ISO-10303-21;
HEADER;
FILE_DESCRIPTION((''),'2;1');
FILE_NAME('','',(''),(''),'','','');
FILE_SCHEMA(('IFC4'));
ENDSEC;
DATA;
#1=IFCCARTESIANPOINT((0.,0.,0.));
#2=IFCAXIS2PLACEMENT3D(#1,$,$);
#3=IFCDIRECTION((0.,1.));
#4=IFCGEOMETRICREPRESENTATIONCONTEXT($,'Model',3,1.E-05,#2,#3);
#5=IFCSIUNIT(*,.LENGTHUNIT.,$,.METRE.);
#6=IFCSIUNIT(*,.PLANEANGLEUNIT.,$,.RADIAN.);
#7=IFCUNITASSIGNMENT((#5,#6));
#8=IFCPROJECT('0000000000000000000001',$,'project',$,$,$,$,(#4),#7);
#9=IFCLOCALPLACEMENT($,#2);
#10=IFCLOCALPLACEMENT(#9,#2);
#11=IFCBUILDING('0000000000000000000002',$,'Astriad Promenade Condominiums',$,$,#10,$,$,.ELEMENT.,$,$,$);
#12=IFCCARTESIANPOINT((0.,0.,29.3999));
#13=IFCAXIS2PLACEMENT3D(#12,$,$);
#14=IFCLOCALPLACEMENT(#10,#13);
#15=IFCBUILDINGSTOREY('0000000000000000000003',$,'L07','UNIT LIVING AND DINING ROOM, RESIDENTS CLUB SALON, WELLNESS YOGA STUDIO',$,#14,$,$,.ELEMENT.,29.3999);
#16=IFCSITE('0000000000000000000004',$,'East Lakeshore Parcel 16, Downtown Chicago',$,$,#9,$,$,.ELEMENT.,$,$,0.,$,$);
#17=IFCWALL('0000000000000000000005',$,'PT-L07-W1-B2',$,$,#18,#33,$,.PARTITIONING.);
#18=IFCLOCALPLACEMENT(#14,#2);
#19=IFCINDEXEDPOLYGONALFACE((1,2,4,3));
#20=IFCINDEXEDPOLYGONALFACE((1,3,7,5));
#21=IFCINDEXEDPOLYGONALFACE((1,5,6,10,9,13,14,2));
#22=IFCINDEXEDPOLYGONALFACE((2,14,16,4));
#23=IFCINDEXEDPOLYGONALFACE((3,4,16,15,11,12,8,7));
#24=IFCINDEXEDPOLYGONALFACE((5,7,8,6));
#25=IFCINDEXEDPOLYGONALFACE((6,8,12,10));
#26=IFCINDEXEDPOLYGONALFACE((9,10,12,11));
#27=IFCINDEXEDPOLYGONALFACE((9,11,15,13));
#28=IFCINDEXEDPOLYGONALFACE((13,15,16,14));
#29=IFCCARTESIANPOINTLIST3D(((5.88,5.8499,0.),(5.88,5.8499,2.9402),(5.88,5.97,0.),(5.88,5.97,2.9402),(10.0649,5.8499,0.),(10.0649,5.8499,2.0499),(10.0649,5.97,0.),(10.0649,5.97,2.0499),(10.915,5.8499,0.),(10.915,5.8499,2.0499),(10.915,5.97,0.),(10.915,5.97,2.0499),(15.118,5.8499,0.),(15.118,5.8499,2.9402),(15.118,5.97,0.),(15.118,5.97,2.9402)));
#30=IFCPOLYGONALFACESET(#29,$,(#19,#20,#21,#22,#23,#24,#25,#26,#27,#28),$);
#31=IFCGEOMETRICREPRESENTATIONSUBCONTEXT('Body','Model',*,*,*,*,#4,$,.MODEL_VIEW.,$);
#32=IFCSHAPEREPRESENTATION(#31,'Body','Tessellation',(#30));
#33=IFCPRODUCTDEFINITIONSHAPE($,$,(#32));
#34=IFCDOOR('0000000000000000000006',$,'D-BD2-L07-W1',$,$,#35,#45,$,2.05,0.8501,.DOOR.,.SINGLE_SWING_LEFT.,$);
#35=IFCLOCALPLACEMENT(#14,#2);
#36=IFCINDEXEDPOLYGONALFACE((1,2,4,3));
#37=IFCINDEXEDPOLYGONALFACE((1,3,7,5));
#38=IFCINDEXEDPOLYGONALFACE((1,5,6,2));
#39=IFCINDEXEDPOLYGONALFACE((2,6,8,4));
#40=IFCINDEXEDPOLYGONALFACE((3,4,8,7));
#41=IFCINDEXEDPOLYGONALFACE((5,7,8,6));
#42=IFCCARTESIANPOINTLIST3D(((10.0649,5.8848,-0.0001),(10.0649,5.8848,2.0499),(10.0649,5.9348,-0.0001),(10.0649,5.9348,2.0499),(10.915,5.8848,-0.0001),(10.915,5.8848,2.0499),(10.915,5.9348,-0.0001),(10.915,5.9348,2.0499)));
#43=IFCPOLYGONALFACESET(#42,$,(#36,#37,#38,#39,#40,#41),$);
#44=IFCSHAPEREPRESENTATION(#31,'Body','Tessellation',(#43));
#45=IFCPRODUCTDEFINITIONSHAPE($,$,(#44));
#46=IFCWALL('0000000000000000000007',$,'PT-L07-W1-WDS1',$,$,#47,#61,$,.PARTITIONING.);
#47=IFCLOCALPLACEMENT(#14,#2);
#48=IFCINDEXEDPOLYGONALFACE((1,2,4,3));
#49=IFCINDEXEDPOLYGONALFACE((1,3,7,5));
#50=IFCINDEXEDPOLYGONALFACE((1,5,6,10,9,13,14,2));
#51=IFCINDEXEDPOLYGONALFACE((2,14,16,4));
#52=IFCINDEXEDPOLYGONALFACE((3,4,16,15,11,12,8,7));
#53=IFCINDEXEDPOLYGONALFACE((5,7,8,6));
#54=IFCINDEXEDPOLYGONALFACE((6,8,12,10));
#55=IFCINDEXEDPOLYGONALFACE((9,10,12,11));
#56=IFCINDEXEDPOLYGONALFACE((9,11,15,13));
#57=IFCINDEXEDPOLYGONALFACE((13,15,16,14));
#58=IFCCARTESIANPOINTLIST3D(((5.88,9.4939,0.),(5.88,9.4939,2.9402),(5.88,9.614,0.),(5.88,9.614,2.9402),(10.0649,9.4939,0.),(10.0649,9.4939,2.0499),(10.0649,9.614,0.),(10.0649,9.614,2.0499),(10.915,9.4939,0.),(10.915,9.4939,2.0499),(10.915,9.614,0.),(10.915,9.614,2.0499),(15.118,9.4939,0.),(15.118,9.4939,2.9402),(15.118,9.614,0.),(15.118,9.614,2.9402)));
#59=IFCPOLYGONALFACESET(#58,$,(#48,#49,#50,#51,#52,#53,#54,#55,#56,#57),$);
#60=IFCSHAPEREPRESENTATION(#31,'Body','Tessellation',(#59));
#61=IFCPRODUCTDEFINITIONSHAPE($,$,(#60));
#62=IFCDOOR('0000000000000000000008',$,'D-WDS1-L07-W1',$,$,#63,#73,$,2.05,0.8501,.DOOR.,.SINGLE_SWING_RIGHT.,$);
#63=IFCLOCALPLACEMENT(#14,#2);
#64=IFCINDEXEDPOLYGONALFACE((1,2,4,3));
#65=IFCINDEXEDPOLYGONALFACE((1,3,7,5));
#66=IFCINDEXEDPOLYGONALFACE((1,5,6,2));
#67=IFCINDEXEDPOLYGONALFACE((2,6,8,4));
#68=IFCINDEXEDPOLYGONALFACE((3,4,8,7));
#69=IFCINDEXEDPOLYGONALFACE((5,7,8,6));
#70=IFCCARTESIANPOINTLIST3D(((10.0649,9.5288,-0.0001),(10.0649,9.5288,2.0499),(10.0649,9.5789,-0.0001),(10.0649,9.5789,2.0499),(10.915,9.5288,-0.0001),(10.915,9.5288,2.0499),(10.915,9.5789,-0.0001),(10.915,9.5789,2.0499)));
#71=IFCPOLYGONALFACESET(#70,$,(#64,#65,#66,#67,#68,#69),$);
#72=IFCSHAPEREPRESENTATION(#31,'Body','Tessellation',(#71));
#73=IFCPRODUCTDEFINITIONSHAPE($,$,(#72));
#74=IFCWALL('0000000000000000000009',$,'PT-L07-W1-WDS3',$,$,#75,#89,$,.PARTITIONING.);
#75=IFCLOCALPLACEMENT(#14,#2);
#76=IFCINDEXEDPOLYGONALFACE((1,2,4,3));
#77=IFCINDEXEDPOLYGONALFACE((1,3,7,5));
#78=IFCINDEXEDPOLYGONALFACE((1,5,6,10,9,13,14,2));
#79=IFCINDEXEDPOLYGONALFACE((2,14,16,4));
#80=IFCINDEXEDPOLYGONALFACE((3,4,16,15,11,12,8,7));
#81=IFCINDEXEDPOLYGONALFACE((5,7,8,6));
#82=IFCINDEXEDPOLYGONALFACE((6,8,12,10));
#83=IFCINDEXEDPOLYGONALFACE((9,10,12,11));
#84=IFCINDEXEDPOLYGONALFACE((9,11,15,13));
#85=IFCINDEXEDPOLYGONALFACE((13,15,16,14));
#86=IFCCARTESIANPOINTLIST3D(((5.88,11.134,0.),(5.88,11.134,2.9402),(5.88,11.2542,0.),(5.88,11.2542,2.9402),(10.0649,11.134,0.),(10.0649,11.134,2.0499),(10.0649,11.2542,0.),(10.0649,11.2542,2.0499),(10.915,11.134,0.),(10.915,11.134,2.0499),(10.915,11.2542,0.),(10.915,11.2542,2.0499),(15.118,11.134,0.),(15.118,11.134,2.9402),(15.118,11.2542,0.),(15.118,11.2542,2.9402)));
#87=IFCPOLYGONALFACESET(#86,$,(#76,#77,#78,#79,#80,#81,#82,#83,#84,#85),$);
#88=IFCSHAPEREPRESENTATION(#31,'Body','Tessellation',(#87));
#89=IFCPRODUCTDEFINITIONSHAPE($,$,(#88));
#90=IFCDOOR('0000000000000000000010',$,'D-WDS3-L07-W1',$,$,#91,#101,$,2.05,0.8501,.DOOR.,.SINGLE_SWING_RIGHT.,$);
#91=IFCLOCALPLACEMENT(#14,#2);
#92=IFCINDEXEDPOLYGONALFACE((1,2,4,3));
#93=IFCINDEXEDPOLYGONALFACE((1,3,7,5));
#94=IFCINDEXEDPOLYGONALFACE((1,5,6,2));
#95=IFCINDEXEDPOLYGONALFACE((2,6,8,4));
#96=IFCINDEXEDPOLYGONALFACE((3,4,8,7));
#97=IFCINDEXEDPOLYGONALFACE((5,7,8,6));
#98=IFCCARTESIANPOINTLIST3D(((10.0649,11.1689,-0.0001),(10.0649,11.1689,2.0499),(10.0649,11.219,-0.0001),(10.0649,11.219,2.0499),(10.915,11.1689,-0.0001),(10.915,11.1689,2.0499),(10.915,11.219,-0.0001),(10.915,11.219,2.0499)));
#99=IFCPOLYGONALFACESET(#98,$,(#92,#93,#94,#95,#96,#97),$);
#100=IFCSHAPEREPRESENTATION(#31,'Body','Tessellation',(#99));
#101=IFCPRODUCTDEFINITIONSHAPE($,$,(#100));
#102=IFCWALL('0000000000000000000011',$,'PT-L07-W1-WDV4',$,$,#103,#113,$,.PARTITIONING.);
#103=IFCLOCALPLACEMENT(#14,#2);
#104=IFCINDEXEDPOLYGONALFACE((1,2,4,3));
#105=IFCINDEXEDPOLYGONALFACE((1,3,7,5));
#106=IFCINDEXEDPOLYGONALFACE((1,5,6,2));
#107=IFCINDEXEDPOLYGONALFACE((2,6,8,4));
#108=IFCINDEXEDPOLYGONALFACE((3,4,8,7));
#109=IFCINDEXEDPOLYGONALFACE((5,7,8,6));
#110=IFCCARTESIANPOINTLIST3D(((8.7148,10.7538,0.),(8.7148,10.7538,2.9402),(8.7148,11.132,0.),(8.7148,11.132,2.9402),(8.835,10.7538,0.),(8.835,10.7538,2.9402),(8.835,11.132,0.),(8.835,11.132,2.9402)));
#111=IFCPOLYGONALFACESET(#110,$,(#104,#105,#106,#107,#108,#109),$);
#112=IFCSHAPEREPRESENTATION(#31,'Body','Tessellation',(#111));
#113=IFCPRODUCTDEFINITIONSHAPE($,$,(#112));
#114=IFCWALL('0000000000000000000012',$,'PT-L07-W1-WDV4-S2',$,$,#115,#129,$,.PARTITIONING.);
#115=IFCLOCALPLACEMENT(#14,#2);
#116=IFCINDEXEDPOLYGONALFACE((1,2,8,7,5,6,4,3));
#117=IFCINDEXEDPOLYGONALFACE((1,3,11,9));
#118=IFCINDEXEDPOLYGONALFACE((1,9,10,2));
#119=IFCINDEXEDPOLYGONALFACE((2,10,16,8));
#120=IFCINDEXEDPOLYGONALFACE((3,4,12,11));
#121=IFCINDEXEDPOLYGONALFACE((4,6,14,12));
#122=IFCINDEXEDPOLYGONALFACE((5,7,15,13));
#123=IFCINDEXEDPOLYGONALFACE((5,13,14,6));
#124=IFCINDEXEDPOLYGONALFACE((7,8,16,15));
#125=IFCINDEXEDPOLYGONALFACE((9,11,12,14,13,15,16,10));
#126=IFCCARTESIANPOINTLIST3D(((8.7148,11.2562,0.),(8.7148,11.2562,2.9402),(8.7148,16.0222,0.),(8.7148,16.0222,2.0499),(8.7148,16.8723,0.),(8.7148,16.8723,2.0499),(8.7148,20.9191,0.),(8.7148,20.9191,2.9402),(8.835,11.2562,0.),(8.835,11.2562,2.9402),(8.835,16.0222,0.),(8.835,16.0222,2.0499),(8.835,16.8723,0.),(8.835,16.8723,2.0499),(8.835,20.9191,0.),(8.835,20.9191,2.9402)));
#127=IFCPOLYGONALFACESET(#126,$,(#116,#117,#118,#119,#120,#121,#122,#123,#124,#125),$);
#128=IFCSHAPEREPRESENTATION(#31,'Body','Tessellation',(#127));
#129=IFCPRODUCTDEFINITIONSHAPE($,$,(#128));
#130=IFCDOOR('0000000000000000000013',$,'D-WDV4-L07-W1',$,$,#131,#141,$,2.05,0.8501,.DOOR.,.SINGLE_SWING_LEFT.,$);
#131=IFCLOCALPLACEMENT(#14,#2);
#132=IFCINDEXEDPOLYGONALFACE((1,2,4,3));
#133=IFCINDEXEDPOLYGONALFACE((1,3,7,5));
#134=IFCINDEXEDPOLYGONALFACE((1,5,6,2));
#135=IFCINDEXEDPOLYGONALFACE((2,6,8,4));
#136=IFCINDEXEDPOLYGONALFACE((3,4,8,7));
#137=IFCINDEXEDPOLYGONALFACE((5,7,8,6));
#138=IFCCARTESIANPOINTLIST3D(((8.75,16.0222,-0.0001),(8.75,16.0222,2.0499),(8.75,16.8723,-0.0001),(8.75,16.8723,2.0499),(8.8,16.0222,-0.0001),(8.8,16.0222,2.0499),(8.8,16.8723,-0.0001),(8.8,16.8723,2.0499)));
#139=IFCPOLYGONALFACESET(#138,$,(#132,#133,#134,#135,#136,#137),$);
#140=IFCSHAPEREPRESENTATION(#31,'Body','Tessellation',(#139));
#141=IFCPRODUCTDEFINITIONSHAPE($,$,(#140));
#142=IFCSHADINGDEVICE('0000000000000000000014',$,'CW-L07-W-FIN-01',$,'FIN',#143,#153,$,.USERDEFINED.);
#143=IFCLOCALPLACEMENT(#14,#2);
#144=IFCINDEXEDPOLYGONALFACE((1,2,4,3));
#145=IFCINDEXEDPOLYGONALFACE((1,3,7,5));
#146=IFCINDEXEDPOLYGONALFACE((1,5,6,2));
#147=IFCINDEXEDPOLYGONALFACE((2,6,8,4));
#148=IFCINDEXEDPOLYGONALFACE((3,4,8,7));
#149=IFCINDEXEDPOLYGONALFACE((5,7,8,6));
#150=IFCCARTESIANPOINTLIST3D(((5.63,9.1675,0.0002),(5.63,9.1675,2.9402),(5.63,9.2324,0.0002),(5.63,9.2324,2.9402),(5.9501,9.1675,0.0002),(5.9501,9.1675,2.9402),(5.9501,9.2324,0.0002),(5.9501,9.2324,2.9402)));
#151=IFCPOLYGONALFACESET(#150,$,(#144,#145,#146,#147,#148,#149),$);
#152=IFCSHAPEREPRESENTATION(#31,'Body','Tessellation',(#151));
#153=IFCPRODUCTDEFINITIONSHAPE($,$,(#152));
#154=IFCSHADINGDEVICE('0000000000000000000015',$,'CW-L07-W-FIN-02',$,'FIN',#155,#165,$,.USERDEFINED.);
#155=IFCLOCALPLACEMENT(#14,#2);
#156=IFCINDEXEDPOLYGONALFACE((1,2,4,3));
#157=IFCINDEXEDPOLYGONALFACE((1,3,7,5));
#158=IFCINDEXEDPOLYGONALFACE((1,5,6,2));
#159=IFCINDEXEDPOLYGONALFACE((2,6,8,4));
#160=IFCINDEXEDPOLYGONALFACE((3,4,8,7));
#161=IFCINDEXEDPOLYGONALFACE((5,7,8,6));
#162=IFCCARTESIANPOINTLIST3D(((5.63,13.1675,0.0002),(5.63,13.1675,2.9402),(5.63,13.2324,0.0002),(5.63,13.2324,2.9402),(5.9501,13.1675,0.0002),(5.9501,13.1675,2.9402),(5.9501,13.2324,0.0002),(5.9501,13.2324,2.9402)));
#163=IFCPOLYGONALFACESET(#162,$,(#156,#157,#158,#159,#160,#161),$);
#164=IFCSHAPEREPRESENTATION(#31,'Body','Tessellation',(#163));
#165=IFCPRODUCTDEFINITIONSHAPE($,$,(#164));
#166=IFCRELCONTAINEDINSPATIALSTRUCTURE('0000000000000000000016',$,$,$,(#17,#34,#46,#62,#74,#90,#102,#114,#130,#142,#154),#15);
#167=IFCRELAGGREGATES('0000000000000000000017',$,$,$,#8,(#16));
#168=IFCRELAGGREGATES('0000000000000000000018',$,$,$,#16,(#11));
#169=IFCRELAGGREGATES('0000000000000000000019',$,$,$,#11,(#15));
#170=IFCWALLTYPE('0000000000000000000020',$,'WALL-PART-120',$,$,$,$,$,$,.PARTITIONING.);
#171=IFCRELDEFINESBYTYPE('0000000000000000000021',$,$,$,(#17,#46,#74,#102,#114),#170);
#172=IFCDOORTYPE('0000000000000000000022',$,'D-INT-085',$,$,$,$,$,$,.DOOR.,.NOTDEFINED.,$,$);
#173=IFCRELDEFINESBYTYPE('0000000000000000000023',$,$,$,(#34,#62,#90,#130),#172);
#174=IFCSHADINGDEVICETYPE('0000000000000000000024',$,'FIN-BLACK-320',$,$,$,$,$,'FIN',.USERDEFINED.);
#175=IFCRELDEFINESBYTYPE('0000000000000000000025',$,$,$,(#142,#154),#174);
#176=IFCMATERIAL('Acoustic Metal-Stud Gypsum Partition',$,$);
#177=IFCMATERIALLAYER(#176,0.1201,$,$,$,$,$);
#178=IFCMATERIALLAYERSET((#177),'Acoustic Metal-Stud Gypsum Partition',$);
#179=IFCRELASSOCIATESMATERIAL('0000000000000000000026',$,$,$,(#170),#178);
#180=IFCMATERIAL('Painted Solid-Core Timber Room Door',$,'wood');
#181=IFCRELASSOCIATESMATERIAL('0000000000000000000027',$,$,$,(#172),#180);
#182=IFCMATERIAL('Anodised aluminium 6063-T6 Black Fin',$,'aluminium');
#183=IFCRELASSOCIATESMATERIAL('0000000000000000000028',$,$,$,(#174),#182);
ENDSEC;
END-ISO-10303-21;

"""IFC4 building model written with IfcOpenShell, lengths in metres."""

from ifc_helpers import new_model, si_unit, direction, frame, frame_2d, origin, origin_2d, place, context, subcontext, project, spatial, rectangle, extrude, source, transform, mapped, material, layer, layer_set, type_object, type_shapes, element, fill, save


model = new_model("IFC4")

# Units and contexts
model_context = context("Model", 3, precision=1e-05, world=origin(), true_north=direction((0.0, 1.0)))
body_context = subcontext(model_context, "Body", "Model", "MODEL_VIEW")
ifc_project = project(units=[si_unit("LENGTHUNIT", "METRE"), si_unit("PLANEANGLEUNIT", "RADIAN")], contexts=[model_context])

# Site, building, storey
site_placement = place(None, origin())
site = spatial("IfcSite", under=ifc_project, at=site_placement, Name="East Lakeshore Parcel 16, Downtown Chicago", CompositionType="ELEMENT", RefElevation=0.0)
building_placement = place(site_placement, origin())
building = spatial("IfcBuilding", under=site, at=building_placement, Name="Astriad Promenade Condominiums", CompositionType="ELEMENT")
storey_placement = place(building_placement, frame((0.0, 0.0, 29.3999)))
storey = spatial("IfcBuildingStorey", under=building, at=storey_placement, Name="L07", Description="UNIT LIVING AND DINING ROOM, RESIDENTS CLUB SALON, WELLNESS YOGA STUDIO", CompositionType="ELEMENT", Elevation=29.3999)

# Walls, openings, doors
ifc_material_1 = material(Name="Acoustic Metal-Stud Gypsum Partition")
ifc_layer_1 = layer(ifc_material_1, 0.1201)
ifc_layer_set_1 = layer_set([ifc_layer_1], Name="Acoustic Metal-Stud Gypsum Partition")
wall_type_1 = type_object("IfcWallType", Name="WALL-PART-120", PredefinedType="PARTITIONING", material=ifc_layer_set_1)
wall_1_placement = place(storey_placement, frame((5.8799, 5.9099, 0.0), z_axis=(0.0, 0.0, 1.0), x_axis=(1.0, 0.0, 0.0)))
wall_1 = element("IfcWall", 1, at=wall_1_placement, inside=storey, type_object=wall_type_1, Name="PT-L07-W1-B2", PredefinedType="PARTITIONING", context=body_context, shape_type="SweptSolid", body=[
    extrude(rectangle(XDim=9.238, YDim=0.1201, at=frame_2d((4.6191, 0.0))), origin(), (0.0, 0.0, 1.0), 2.9402),
])
opening_1_placement = place(wall_1_placement, frame((4.1851, 0.0, 0.0)))
opening_1 = element("IfcOpeningElement", 2, at=opening_1_placement, cuts=wall_1, PredefinedType="OPENING", context=body_context, shape_type="SweptSolid", body=[
    extrude(rectangle(XDim=0.8501, YDim=2.05, at=frame_2d((0.425, 1.0249))), frame((0.0, 0.0701, 0.0), z_axis=(0.0, -1.0, 0.0), x_axis=(1.0, 0.0, 0.0)), (0.0, 0.0, 1.0), 0.1401),
])
ifc_material_2 = material(Name="Painted Solid-Core Timber Room Door", Category="wood")
door_type = type_object("IfcDoorType", Name="D-INT-085", OperationType="NOTDEFINED", PredefinedType="DOOR", material=ifc_material_2)
shared_shape_1 = source(origin(), body_context, "Body", "SweptSolid", [
    extrude(rectangle(XDim=0.8501, YDim=2.05, at=frame_2d((0.425, 1.0249))), frame((0.0, 0.0249, 0.0), z_axis=(0.0, -1.0, 0.0), x_axis=(1.0, 0.0, 0.0)), (0.0, 0.0, 1.0), 0.05),
])
type_shapes(door_type, [shared_shape_1])
door_1_placement = place(opening_1_placement, origin())
door_1 = element("IfcDoor", 3, at=door_1_placement, inside=storey, type_object=door_type, Name="D-BD2-L07-W1", OperationType="SINGLE_SWING_LEFT", OverallHeight=2.05, OverallWidth=0.8501, PredefinedType="DOOR", context=body_context, shape_type="MappedRepresentation", body=[
    mapped(shared_shape_1, transform((0.0, 0.0, 0.0), scale=1.0)),
])
fill(opening_1, door_1)
wall_2_placement = place(storey_placement, frame((5.8799, 9.554, 0.0), z_axis=(0.0, 0.0, 1.0), x_axis=(1.0, 0.0, 0.0)))
wall_2 = element("IfcWall", 4, at=wall_2_placement, inside=storey, type_object=wall_type_1, Name="PT-L07-W1-WDS1", PredefinedType="PARTITIONING", context=body_context, shape_type="SweptSolid", body=[
    extrude(rectangle(XDim=9.238, YDim=0.1201, at=frame_2d((4.6191, 0.0))), origin(), (0.0, 0.0, 1.0), 2.9402),
])
opening_2_placement = place(wall_2_placement, frame((4.1851, 0.0, 0.0)))
opening_2 = element("IfcOpeningElement", 5, at=opening_2_placement, cuts=wall_2, PredefinedType="OPENING", context=body_context, shape_type="SweptSolid", body=[
    extrude(rectangle(XDim=0.8501, YDim=2.05, at=frame_2d((0.425, 1.0249))), frame((0.0, 0.0701, 0.0), z_axis=(0.0, -1.0, 0.0), x_axis=(1.0, 0.0, 0.0)), (0.0, 0.0, 1.0), 0.1401),
])
door_2_placement = place(opening_2_placement, origin())
door_2 = element("IfcDoor", 6, at=door_2_placement, inside=storey, type_object=door_type, Name="D-WDS1-L07-W1", OperationType="SINGLE_SWING_RIGHT", OverallHeight=2.05, OverallWidth=0.8501, PredefinedType="DOOR", context=body_context, shape_type="MappedRepresentation", body=[
    mapped(shared_shape_1, transform((0.0, 0.0, 0.0), scale=1.0)),
])
fill(opening_2, door_2)
wall_3_placement = place(storey_placement, frame((5.8799, 11.1941, 0.0), z_axis=(0.0, 0.0, 1.0), x_axis=(1.0, 0.0, 0.0)))
wall_3 = element("IfcWall", 7, at=wall_3_placement, inside=storey, type_object=wall_type_1, Name="PT-L07-W1-WDS3", PredefinedType="PARTITIONING", context=body_context, shape_type="SweptSolid", body=[
    extrude(rectangle(XDim=9.238, YDim=0.1201, at=frame_2d((4.6191, 0.0))), origin(), (0.0, 0.0, 1.0), 2.9402),
])
opening_3_placement = place(wall_3_placement, frame((4.1851, 0.0, 0.0)))
opening_3 = element("IfcOpeningElement", 8, at=opening_3_placement, cuts=wall_3, PredefinedType="OPENING", context=body_context, shape_type="SweptSolid", body=[
    extrude(rectangle(XDim=0.8501, YDim=2.05, at=frame_2d((0.425, 1.0249))), frame((0.0, 0.0701, 0.0), z_axis=(0.0, -1.0, 0.0), x_axis=(1.0, 0.0, 0.0)), (0.0, 0.0, 1.0), 0.1401),
])
door_3_placement = place(opening_3_placement, origin())
door_3 = element("IfcDoor", 9, at=door_3_placement, inside=storey, type_object=door_type, Name="D-WDS3-L07-W1", OperationType="SINGLE_SWING_RIGHT", OverallHeight=2.05, OverallWidth=0.8501, PredefinedType="DOOR", context=body_context, shape_type="MappedRepresentation", body=[
    mapped(shared_shape_1, transform((0.0, 0.0, 0.0), scale=1.0)),
])
fill(opening_3, door_3)

# Wall
wall_4_placement = place(storey_placement, frame((8.7749, 10.7539, 0.0), z_axis=(0.0, 0.0, 1.0), x_axis=(0.0, 1.0, 0.0)))
element("IfcWall", 10, at=wall_4_placement, inside=storey, type_object=wall_type_1, Name="PT-L07-W1-WDV4", PredefinedType="PARTITIONING", context=body_context, shape_type="SweptSolid", body=[
    extrude(rectangle(XDim=0.3782, YDim=0.1201, at=frame_2d((0.189, 0.0))), origin(), (0.0, 0.0, 1.0), 2.9402),
])

# Wall, opening, door
wall_5_placement = place(storey_placement, frame((8.7749, 11.2561, 0.0), z_axis=(0.0, 0.0, 1.0), x_axis=(0.0, 1.0, 0.0)))
wall_5 = element("IfcWall", 11, at=wall_5_placement, inside=storey, type_object=wall_type_1, Name="PT-L07-W1-WDV4-S2", PredefinedType="PARTITIONING", context=body_context, shape_type="SweptSolid", body=[
    extrude(rectangle(XDim=9.6628, YDim=0.1201, at=frame_2d((4.8315, 0.0))), origin(), (0.0, 0.0, 1.0), 2.9402),
])
opening_4_placement = place(wall_5_placement, frame((4.7661, 0.0, 0.0)))
opening_4 = element("IfcOpeningElement", 12, at=opening_4_placement, cuts=wall_5, PredefinedType="OPENING", context=body_context, shape_type="SweptSolid", body=[
    extrude(rectangle(XDim=0.8501, YDim=2.05, at=frame_2d((0.425, 1.0249))), frame((0.0, 0.0701, 0.0), z_axis=(0.0, -1.0, 0.0), x_axis=(1.0, 0.0, 0.0)), (0.0, 0.0, 1.0), 0.1401),
])
door_4_placement = place(opening_4_placement, origin())
door_4 = element("IfcDoor", 13, at=door_4_placement, inside=storey, type_object=door_type, Name="D-WDV4-L07-W1", OperationType="SINGLE_SWING_LEFT", OverallHeight=2.05, OverallWidth=0.8501, PredefinedType="DOOR", context=body_context, shape_type="MappedRepresentation", body=[
    mapped(shared_shape_1, transform((0.0, 0.0, 0.0), scale=1.0)),
])
fill(opening_4, door_4)

# Shading devices
ifc_material_3 = material(Name="Anodised aluminium 6063-T6 Black Fin", Category="aluminium")
shading_device_type = type_object("IfcShadingDeviceType", Name="FIN-BLACK-320", ElementType="FIN", PredefinedType="USERDEFINED", material=ifc_material_3)
shared_shape_2 = source(origin(), body_context, "Body", "SweptSolid", [
    extrude(rectangle(XDim=0.0649, YDim=0.3201, at=origin_2d()), origin(), (0.0, 0.0, 1.0), 2.9399),
])
type_shapes(shading_device_type, [shared_shape_2])
for number, where, z_axis, x_axis, name in (
    (14, (5.79, 9.2, 0.0002), (0.0, 0.0, 1.0), (0.0, 1.0, 0.0), "CW-L07-W-FIN-01"),
    (15, (5.79, 13.2, 0.0002), (0.0, 0.0, 1.0), (0.0, 1.0, 0.0), "CW-L07-W-FIN-02"),
):
    element("IfcShadingDevice", number, at=place(storey_placement, frame(where, z_axis=z_axis, x_axis=x_axis)), inside=storey, type_object=shading_device_type, Name=name, ObjectType="FIN", PredefinedType="USERDEFINED", context=body_context, shape_type="MappedRepresentation", body=[
        mapped(shared_shape_2, transform((0.0, 0.0, 0.0), scale=1.0)),
    ])

save(model, "model.ifc")
